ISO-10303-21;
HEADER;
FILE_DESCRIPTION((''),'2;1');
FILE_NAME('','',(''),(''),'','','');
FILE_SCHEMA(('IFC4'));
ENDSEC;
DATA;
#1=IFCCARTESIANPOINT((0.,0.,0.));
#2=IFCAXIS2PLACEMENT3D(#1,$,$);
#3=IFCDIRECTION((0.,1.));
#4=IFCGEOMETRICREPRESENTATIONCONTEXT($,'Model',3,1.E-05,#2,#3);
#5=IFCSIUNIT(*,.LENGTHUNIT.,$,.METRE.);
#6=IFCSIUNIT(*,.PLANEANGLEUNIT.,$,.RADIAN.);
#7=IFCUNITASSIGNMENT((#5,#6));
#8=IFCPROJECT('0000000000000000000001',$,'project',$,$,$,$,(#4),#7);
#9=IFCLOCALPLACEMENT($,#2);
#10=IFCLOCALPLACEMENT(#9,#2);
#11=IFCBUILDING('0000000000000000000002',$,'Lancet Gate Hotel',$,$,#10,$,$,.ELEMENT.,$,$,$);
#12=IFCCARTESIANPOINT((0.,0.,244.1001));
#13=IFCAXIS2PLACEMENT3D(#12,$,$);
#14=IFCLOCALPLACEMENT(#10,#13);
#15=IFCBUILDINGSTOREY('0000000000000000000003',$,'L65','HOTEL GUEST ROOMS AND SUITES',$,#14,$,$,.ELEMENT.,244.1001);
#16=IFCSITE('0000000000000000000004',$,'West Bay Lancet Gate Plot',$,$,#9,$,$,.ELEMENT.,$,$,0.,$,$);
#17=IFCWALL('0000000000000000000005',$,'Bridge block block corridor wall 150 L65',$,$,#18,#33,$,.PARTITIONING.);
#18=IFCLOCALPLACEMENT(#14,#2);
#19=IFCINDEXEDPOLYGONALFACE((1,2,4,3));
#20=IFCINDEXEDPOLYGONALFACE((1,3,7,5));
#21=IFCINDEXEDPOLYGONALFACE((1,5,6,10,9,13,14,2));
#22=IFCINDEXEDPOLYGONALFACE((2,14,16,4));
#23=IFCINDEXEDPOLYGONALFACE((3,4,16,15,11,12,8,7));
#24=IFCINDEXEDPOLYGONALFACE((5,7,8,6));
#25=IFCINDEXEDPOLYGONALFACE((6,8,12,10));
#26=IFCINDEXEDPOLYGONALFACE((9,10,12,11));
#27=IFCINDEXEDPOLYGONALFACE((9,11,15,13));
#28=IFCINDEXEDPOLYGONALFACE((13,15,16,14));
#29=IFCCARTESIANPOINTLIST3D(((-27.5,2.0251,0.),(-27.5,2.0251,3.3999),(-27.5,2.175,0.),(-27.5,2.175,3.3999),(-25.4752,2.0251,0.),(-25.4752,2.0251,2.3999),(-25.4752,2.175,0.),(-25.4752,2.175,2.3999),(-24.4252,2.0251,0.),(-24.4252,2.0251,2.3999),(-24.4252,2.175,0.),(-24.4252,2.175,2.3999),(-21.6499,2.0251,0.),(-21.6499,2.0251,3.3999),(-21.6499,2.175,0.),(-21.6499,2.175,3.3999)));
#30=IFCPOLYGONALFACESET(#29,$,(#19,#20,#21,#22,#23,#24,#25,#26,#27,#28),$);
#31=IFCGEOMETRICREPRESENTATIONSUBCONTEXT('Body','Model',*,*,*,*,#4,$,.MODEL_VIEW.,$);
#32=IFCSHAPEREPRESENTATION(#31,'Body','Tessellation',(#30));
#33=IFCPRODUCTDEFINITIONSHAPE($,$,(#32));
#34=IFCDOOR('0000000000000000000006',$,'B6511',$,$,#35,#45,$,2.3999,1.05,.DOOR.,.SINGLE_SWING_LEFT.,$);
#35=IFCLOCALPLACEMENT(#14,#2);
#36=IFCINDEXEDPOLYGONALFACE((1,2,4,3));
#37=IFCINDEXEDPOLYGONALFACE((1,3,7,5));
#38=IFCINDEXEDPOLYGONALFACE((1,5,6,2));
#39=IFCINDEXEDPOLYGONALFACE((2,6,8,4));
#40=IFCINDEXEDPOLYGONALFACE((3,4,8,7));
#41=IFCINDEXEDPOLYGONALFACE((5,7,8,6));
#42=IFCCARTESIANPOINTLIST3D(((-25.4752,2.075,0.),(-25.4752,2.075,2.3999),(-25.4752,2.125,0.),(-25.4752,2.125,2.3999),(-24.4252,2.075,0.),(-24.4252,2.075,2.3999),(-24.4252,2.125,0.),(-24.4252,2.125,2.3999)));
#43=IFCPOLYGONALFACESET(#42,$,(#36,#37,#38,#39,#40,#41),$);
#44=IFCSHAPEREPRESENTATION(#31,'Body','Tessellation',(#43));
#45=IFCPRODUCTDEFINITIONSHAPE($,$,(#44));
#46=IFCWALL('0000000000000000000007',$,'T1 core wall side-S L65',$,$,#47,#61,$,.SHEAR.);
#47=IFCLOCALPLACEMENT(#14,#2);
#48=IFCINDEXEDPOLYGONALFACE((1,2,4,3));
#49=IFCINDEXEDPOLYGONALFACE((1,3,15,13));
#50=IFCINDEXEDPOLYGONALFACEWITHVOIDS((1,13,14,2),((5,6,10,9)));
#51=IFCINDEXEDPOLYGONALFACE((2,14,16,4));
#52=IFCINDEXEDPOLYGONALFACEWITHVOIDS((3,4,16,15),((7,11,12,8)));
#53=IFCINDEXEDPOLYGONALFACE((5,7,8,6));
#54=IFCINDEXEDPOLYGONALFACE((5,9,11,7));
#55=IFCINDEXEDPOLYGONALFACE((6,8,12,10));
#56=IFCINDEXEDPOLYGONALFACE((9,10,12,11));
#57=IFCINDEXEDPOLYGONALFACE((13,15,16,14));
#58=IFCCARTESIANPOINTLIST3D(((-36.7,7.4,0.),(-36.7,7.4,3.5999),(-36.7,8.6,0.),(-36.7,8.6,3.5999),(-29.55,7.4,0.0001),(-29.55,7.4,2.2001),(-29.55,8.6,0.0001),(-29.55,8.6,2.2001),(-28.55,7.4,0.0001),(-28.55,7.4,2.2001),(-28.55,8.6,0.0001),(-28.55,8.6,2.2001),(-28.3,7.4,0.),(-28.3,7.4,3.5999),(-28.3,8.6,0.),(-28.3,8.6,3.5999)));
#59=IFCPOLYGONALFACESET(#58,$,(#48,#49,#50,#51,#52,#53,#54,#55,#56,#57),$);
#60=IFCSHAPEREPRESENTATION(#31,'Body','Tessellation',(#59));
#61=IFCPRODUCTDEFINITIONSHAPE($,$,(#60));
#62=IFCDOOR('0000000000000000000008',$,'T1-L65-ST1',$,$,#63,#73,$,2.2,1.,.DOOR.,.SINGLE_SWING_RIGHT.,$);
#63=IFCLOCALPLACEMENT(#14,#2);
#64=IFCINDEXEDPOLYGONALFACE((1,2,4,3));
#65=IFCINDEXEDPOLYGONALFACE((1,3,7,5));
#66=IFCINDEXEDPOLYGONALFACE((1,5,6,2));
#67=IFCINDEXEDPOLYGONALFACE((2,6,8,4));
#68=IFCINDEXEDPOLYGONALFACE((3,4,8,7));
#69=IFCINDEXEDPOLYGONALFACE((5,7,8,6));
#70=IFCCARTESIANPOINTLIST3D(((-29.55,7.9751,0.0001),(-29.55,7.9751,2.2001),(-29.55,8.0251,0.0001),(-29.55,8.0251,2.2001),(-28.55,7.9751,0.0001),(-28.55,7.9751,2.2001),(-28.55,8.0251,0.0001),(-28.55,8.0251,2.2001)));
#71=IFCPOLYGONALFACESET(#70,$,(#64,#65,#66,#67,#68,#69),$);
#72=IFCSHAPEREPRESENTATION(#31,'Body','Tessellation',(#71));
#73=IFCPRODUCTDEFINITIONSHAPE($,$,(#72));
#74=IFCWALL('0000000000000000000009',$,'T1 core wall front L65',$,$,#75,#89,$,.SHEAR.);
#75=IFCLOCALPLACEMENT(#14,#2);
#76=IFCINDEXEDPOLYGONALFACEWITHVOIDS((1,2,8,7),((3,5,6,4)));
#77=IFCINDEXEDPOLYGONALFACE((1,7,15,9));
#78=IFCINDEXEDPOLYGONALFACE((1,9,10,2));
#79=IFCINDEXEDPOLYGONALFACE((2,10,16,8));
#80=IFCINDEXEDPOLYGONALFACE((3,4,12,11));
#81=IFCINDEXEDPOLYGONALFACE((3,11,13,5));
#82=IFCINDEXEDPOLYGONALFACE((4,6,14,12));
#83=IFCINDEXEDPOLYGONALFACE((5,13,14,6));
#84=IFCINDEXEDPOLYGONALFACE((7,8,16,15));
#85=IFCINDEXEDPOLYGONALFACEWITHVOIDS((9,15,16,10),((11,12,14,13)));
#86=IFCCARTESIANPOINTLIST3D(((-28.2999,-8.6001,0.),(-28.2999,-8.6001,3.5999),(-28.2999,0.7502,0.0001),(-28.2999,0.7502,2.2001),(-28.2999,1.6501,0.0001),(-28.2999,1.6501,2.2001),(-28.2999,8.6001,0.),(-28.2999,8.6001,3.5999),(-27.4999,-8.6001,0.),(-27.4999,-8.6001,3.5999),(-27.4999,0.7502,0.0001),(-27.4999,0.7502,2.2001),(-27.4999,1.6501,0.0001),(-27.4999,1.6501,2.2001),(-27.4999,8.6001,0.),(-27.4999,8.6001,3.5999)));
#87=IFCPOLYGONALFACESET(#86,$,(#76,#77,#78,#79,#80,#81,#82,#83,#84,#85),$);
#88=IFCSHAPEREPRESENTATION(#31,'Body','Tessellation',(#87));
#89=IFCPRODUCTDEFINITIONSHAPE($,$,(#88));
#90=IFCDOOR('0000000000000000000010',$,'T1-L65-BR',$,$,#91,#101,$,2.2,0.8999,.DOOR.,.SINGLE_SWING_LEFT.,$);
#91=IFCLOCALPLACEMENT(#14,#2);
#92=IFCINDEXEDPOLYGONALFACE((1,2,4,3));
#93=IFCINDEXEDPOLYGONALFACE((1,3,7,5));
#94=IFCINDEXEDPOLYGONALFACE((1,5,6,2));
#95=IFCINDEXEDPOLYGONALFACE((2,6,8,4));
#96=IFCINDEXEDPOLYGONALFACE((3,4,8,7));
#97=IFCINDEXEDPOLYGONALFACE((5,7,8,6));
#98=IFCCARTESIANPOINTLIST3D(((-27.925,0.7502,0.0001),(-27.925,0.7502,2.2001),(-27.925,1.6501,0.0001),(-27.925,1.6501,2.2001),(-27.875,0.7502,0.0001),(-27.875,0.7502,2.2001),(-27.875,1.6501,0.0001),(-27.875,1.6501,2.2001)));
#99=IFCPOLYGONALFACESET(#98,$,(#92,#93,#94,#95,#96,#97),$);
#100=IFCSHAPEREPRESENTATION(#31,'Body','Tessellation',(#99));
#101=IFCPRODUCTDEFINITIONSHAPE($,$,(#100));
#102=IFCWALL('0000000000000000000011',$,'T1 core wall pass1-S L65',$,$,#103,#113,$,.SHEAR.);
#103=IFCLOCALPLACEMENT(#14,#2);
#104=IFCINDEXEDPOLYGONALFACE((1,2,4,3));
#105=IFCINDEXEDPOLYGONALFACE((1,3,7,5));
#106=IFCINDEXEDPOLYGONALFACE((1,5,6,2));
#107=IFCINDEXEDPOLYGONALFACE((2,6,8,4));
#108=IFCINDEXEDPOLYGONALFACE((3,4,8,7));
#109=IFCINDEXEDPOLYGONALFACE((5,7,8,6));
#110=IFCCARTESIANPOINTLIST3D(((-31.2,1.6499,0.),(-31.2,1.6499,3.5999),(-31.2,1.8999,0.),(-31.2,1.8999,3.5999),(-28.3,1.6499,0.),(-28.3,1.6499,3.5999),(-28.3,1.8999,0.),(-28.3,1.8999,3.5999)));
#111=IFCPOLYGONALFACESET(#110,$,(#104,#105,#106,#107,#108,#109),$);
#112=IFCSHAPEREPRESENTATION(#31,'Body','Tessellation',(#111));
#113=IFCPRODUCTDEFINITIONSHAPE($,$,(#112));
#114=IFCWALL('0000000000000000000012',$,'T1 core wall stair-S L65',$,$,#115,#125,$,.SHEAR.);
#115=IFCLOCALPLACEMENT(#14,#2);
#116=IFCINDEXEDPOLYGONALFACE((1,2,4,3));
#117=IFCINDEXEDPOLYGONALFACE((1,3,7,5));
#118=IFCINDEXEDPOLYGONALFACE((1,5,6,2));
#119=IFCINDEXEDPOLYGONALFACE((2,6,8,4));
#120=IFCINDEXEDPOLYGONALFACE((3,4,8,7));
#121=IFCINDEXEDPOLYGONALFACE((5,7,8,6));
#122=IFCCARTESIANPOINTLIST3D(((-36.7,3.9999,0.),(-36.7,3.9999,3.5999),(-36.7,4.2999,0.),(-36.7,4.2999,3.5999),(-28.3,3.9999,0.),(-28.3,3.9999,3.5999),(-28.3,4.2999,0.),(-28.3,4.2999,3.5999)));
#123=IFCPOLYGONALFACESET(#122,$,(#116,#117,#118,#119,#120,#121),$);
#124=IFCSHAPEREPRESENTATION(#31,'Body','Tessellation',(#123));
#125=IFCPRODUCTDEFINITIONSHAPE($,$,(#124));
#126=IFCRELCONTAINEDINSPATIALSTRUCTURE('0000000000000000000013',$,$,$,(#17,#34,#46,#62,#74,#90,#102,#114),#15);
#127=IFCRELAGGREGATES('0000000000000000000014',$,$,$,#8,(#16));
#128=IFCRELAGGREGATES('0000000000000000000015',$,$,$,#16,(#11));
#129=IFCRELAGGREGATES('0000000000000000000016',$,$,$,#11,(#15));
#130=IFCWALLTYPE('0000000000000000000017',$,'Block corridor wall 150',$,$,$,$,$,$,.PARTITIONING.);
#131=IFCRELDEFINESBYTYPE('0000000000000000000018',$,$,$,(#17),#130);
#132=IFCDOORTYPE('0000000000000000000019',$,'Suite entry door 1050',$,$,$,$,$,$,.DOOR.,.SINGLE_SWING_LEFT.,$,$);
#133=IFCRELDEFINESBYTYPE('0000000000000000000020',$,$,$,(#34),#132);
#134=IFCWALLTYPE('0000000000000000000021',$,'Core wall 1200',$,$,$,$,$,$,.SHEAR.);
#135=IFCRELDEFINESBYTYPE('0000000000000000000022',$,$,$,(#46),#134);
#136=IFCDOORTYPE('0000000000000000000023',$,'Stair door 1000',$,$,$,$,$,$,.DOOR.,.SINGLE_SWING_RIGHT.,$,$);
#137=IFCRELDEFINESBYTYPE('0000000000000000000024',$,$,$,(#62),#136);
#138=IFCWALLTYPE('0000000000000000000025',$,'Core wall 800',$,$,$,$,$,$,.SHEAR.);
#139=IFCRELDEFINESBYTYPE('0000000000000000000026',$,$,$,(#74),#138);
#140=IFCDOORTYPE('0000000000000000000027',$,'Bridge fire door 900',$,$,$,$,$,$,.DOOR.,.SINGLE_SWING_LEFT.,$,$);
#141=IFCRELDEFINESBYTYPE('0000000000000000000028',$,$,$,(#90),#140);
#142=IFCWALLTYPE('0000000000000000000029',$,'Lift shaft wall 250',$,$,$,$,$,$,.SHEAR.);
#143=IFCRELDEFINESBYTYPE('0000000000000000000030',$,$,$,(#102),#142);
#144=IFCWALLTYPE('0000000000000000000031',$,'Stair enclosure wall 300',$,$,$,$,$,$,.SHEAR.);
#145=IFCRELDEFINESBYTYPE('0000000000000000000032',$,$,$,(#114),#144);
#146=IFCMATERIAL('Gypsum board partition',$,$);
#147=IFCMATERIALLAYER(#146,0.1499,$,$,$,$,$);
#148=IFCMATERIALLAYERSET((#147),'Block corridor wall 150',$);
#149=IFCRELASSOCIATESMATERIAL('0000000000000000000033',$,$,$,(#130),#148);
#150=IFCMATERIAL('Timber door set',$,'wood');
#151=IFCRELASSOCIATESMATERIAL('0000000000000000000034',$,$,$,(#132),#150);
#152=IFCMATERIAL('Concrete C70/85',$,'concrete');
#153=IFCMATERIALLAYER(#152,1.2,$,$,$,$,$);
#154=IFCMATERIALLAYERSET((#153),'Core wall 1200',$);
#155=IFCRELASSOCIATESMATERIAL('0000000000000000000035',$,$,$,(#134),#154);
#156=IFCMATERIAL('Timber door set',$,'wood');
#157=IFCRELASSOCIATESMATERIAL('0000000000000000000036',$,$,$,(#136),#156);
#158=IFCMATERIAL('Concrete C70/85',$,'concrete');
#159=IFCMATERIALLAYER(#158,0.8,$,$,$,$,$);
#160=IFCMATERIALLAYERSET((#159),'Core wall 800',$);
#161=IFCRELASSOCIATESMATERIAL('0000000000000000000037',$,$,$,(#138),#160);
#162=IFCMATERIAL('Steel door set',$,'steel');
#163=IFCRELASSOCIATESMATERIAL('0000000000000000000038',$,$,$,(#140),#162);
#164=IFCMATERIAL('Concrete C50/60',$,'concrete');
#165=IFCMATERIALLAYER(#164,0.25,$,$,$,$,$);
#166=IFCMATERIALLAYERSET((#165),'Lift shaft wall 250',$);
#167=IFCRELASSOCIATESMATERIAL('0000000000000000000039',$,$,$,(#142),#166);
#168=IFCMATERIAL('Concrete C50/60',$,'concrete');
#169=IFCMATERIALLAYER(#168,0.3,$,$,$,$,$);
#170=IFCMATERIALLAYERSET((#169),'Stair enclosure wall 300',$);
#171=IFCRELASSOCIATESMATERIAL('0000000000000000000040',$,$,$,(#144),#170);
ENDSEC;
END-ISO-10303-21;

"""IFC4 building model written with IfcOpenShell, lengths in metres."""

from ifc_helpers import new_model, si_unit, direction, frame, frame_2d, origin, place, context, subcontext, project, spatial, rectangle, extrude, material, layer, layer_set, type_object, element, fill, save


model = new_model("IFC4")

# Units and contexts
model_context = context("Model", 3, precision=1e-05, world=origin(), true_north=direction((0.0, 1.0)))
body_context = subcontext(model_context, "Body", "Model", "MODEL_VIEW")
ifc_project = project(units=[si_unit("LENGTHUNIT", "METRE"), si_unit("PLANEANGLEUNIT", "RADIAN")], contexts=[model_context])

# Site, building, storey
site_placement = place(None, origin())
site = spatial("IfcSite", under=ifc_project, at=site_placement, Name="West Bay Lancet Gate Plot", CompositionType="ELEMENT", RefElevation=0.0)
building_placement = place(site_placement, origin())
building = spatial("IfcBuilding", under=site, at=building_placement, Name="Lancet Gate Hotel", CompositionType="ELEMENT")
storey_placement = place(building_placement, frame((0.0, 0.0, 244.1001)))
storey = spatial("IfcBuildingStorey", under=building, at=storey_placement, Name="L65", Description="HOTEL GUEST ROOMS AND SUITES", CompositionType="ELEMENT", Elevation=244.1001)

# Shared definitions
ifc_material_1 = material(Name="Gypsum board partition")
ifc_layer_1 = layer(ifc_material_1, 0.1499)
ifc_layer_set_1 = layer_set([ifc_layer_1], Name="Block corridor wall 150")
wall_type_1 = type_object("IfcWallType", Name="Block corridor wall 150", PredefinedType="PARTITIONING", material=ifc_layer_set_1)
ifc_material_2 = material(Name="Timber door set", Category="wood")
door_type_1 = type_object("IfcDoorType", Name="Suite entry door 1050", OperationType="SINGLE_SWING_LEFT", PredefinedType="DOOR", material=ifc_material_2)

# Walls, openings, doors
wall_1_placement = place(storey_placement, frame((-27.5, 2.1001, 0.0), z_axis=(0.0, 0.0, 1.0), x_axis=(1.0, 0.0, 0.0)))
wall_1 = element("IfcWall", 1, at=wall_1_placement, inside=storey, type_object=wall_type_1, Name="Bridge block block corridor wall 150 L65", PredefinedType="PARTITIONING", context=body_context, shape_type="SweptSolid", body=[
    extrude(rectangle(XDim=5.8501, YDim=0.1499, at=frame_2d((2.925, 0.0))), origin(), (0.0, 0.0, 1.0), 3.3999),
])
opening_1_placement = place(wall_1_placement, frame((2.0249, 0.0, 0.0)))
opening_1 = element("IfcOpeningElement", 2, at=opening_1_placement, cuts=wall_1, PredefinedType="OPENING", context=body_context, shape_type="SweptSolid", body=[
    extrude(rectangle(XDim=1.05, YDim=2.3999, at=frame_2d((0.5249, 1.2))), frame((0.0, 0.085, 0.0), z_axis=(0.0, -1.0, 0.0), x_axis=(1.0, 0.0, 0.0)), (0.0, 0.0, 1.0), 0.1699),
])
door_1_placement = place(opening_1_placement, origin())
door_1 = element("IfcDoor", 3, at=door_1_placement, inside=storey, type_object=door_type_1, Name="B6511", OperationType="SINGLE_SWING_LEFT", OverallHeight=2.3999, OverallWidth=1.05, PredefinedType="DOOR", context=body_context, shape_type="SweptSolid", body=[
    extrude(rectangle(XDim=1.05, YDim=2.3999, at=frame_2d((0.5249, 1.2))), frame((0.0, 0.0249, 0.0), z_axis=(0.0, -1.0, 0.0), x_axis=(1.0, 0.0, 0.0)), (0.0, 0.0, 1.0), 0.05),
])
fill(opening_1, door_1)
ifc_material_3 = material(Name="Concrete C70/85", Category="concrete")
ifc_layer_2 = layer(ifc_material_3, 1.2)
ifc_layer_set_2 = layer_set([ifc_layer_2], Name="Core wall 1200")
wall_type_2 = type_object("IfcWallType", Name="Core wall 1200", PredefinedType="SHEAR", material=ifc_layer_set_2)
wall_2_placement = place(storey_placement, frame((-28.3, 8.0, 0.0), z_axis=(0.0, 0.0, 1.0), x_axis=(-1.0, 0.0, 0.0)))
wall_2 = element("IfcWall", 4, at=wall_2_placement, inside=storey, type_object=wall_type_2, Name="T1 core wall side-S L65", PredefinedType="SHEAR", context=body_context, shape_type="SweptSolid", body=[
    extrude(rectangle(XDim=8.3999, YDim=1.2, at=frame_2d((4.2, 0.0))), origin(), (0.0, 0.0, 1.0), 3.5999),
])
opening_2_placement = place(wall_2_placement, frame((0.25, 0.0, 0.0)))
opening_2 = element("IfcOpeningElement", 5, at=opening_2_placement, cuts=wall_2, PredefinedType="OPENING", context=body_context, shape_type="SweptSolid", body=[
    extrude(rectangle(XDim=1.0, YDim=2.2, at=frame_2d((0.5, 1.1001))), frame((0.0, 0.6099, 0.0), z_axis=(0.0, -1.0, 0.0), x_axis=(1.0, 0.0, 0.0)), (0.0, 0.0, 1.0), 1.22),
])
ifc_material_4 = material(Name="Timber door set", Category="wood")
door_type_2 = type_object("IfcDoorType", Name="Stair door 1000", OperationType="SINGLE_SWING_RIGHT", PredefinedType="DOOR", material=ifc_material_4)
door_2_placement = place(opening_2_placement, origin())
door_2 = element("IfcDoor", 6, at=door_2_placement, inside=storey, type_object=door_type_2, Name="T1-L65-ST1", OperationType="SINGLE_SWING_RIGHT", OverallHeight=2.2, OverallWidth=1.0, PredefinedType="DOOR", context=body_context, shape_type="SweptSolid", body=[
    extrude(rectangle(XDim=1.0, YDim=2.2, at=frame_2d((0.5, 1.1001))), frame((0.0, 0.0249, 0.0), z_axis=(0.0, -1.0, 0.0), x_axis=(1.0, 0.0, 0.0)), (0.0, 0.0, 1.0), 0.05),
])
fill(opening_2, door_2)
ifc_material_5 = material(Name="Concrete C70/85", Category="concrete")
ifc_layer_3 = layer(ifc_material_5, 0.8)
ifc_layer_set_3 = layer_set([ifc_layer_3], Name="Core wall 800")
wall_type_3 = type_object("IfcWallType", Name="Core wall 800", PredefinedType="SHEAR", material=ifc_layer_set_3)
wall_3_placement = place(storey_placement, frame((-27.8999, 8.6001, 0.0), z_axis=(0.0, 0.0, 1.0), x_axis=(0.0, -1.0, 0.0)))
wall_3 = element("IfcWall", 7, at=wall_3_placement, inside=storey, type_object=wall_type_3, Name="T1 core wall front L65", PredefinedType="SHEAR", context=body_context, shape_type="SweptSolid", body=[
    extrude(rectangle(XDim=17.2002, YDim=0.8, at=frame_2d((8.6001, 0.0))), origin(), (0.0, 0.0, 1.0), 3.5999),
])
opening_3_placement = place(wall_3_placement, frame((6.95, 0.0, 0.0)))
opening_3 = element("IfcOpeningElement", 8, at=opening_3_placement, cuts=wall_3, PredefinedType="OPENING", context=body_context, shape_type="SweptSolid", body=[
    extrude(rectangle(XDim=0.8999, YDim=2.2, at=frame_2d((0.45, 1.1001))), frame((0.0, 0.4099, 0.0), z_axis=(0.0, -1.0, 0.0), x_axis=(1.0, 0.0, 0.0)), (0.0, 0.0, 1.0), 0.8201),
])
ifc_material_6 = material(Name="Steel door set", Category="steel")
door_type_3 = type_object("IfcDoorType", Name="Bridge fire door 900", OperationType="SINGLE_SWING_LEFT", PredefinedType="DOOR", material=ifc_material_6)
door_3_placement = place(opening_3_placement, origin())
door_3 = element("IfcDoor", 9, at=door_3_placement, inside=storey, type_object=door_type_3, Name="T1-L65-BR", OperationType="SINGLE_SWING_LEFT", OverallHeight=2.2, OverallWidth=0.8999, PredefinedType="DOOR", context=body_context, shape_type="SweptSolid", body=[
    extrude(rectangle(XDim=0.8999, YDim=2.2, at=frame_2d((0.45, 1.1001))), frame((0.0, 0.0249, 0.0), z_axis=(0.0, -1.0, 0.0), x_axis=(1.0, 0.0, 0.0)), (0.0, 0.0, 1.0), 0.05),
])
fill(opening_3, door_3)

# Walls
ifc_material_7 = material(Name="Concrete C50/60", Category="concrete")
ifc_layer_4 = layer(ifc_material_7, 0.25)
ifc_layer_set_4 = layer_set([ifc_layer_4], Name="Lift shaft wall 250")
wall_type_4 = type_object("IfcWallType", Name="Lift shaft wall 250", PredefinedType="SHEAR", material=ifc_layer_set_4)
wall_4_placement = place(storey_placement, frame((-28.3, 1.7749, 0.0), z_axis=(0.0, 0.0, 1.0), x_axis=(-1.0, 0.0, 0.0)))
element("IfcWall", 10, at=wall_4_placement, inside=storey, type_object=wall_type_4, Name="T1 core wall pass1-S L65", PredefinedType="SHEAR", context=body_context, shape_type="SweptSolid", body=[
    extrude(rectangle(XDim=2.8999, YDim=0.25, at=frame_2d((1.45, 0.0))), origin(), (0.0, 0.0, 1.0), 3.5999),
])
ifc_material_8 = material(Name="Concrete C50/60", Category="concrete")
ifc_layer_5 = layer(ifc_material_8, 0.3)
ifc_layer_set_5 = layer_set([ifc_layer_5], Name="Stair enclosure wall 300")
wall_type_5 = type_object("IfcWallType", Name="Stair enclosure wall 300", PredefinedType="SHEAR", material=ifc_layer_set_5)
wall_5_placement = place(storey_placement, frame((-28.3, 4.1499, 0.0), z_axis=(0.0, 0.0, 1.0), x_axis=(-1.0, 0.0, 0.0)))
element("IfcWall", 11, at=wall_5_placement, inside=storey, type_object=wall_type_5, Name="T1 core wall stair-S L65", PredefinedType="SHEAR", context=body_context, shape_type="SweptSolid", body=[
    extrude(rectangle(XDim=8.3999, YDim=0.3, at=frame_2d((4.2, 0.0))), origin(), (0.0, 0.0, 1.0), 3.5999),
])

save(model, "model.ifc")
